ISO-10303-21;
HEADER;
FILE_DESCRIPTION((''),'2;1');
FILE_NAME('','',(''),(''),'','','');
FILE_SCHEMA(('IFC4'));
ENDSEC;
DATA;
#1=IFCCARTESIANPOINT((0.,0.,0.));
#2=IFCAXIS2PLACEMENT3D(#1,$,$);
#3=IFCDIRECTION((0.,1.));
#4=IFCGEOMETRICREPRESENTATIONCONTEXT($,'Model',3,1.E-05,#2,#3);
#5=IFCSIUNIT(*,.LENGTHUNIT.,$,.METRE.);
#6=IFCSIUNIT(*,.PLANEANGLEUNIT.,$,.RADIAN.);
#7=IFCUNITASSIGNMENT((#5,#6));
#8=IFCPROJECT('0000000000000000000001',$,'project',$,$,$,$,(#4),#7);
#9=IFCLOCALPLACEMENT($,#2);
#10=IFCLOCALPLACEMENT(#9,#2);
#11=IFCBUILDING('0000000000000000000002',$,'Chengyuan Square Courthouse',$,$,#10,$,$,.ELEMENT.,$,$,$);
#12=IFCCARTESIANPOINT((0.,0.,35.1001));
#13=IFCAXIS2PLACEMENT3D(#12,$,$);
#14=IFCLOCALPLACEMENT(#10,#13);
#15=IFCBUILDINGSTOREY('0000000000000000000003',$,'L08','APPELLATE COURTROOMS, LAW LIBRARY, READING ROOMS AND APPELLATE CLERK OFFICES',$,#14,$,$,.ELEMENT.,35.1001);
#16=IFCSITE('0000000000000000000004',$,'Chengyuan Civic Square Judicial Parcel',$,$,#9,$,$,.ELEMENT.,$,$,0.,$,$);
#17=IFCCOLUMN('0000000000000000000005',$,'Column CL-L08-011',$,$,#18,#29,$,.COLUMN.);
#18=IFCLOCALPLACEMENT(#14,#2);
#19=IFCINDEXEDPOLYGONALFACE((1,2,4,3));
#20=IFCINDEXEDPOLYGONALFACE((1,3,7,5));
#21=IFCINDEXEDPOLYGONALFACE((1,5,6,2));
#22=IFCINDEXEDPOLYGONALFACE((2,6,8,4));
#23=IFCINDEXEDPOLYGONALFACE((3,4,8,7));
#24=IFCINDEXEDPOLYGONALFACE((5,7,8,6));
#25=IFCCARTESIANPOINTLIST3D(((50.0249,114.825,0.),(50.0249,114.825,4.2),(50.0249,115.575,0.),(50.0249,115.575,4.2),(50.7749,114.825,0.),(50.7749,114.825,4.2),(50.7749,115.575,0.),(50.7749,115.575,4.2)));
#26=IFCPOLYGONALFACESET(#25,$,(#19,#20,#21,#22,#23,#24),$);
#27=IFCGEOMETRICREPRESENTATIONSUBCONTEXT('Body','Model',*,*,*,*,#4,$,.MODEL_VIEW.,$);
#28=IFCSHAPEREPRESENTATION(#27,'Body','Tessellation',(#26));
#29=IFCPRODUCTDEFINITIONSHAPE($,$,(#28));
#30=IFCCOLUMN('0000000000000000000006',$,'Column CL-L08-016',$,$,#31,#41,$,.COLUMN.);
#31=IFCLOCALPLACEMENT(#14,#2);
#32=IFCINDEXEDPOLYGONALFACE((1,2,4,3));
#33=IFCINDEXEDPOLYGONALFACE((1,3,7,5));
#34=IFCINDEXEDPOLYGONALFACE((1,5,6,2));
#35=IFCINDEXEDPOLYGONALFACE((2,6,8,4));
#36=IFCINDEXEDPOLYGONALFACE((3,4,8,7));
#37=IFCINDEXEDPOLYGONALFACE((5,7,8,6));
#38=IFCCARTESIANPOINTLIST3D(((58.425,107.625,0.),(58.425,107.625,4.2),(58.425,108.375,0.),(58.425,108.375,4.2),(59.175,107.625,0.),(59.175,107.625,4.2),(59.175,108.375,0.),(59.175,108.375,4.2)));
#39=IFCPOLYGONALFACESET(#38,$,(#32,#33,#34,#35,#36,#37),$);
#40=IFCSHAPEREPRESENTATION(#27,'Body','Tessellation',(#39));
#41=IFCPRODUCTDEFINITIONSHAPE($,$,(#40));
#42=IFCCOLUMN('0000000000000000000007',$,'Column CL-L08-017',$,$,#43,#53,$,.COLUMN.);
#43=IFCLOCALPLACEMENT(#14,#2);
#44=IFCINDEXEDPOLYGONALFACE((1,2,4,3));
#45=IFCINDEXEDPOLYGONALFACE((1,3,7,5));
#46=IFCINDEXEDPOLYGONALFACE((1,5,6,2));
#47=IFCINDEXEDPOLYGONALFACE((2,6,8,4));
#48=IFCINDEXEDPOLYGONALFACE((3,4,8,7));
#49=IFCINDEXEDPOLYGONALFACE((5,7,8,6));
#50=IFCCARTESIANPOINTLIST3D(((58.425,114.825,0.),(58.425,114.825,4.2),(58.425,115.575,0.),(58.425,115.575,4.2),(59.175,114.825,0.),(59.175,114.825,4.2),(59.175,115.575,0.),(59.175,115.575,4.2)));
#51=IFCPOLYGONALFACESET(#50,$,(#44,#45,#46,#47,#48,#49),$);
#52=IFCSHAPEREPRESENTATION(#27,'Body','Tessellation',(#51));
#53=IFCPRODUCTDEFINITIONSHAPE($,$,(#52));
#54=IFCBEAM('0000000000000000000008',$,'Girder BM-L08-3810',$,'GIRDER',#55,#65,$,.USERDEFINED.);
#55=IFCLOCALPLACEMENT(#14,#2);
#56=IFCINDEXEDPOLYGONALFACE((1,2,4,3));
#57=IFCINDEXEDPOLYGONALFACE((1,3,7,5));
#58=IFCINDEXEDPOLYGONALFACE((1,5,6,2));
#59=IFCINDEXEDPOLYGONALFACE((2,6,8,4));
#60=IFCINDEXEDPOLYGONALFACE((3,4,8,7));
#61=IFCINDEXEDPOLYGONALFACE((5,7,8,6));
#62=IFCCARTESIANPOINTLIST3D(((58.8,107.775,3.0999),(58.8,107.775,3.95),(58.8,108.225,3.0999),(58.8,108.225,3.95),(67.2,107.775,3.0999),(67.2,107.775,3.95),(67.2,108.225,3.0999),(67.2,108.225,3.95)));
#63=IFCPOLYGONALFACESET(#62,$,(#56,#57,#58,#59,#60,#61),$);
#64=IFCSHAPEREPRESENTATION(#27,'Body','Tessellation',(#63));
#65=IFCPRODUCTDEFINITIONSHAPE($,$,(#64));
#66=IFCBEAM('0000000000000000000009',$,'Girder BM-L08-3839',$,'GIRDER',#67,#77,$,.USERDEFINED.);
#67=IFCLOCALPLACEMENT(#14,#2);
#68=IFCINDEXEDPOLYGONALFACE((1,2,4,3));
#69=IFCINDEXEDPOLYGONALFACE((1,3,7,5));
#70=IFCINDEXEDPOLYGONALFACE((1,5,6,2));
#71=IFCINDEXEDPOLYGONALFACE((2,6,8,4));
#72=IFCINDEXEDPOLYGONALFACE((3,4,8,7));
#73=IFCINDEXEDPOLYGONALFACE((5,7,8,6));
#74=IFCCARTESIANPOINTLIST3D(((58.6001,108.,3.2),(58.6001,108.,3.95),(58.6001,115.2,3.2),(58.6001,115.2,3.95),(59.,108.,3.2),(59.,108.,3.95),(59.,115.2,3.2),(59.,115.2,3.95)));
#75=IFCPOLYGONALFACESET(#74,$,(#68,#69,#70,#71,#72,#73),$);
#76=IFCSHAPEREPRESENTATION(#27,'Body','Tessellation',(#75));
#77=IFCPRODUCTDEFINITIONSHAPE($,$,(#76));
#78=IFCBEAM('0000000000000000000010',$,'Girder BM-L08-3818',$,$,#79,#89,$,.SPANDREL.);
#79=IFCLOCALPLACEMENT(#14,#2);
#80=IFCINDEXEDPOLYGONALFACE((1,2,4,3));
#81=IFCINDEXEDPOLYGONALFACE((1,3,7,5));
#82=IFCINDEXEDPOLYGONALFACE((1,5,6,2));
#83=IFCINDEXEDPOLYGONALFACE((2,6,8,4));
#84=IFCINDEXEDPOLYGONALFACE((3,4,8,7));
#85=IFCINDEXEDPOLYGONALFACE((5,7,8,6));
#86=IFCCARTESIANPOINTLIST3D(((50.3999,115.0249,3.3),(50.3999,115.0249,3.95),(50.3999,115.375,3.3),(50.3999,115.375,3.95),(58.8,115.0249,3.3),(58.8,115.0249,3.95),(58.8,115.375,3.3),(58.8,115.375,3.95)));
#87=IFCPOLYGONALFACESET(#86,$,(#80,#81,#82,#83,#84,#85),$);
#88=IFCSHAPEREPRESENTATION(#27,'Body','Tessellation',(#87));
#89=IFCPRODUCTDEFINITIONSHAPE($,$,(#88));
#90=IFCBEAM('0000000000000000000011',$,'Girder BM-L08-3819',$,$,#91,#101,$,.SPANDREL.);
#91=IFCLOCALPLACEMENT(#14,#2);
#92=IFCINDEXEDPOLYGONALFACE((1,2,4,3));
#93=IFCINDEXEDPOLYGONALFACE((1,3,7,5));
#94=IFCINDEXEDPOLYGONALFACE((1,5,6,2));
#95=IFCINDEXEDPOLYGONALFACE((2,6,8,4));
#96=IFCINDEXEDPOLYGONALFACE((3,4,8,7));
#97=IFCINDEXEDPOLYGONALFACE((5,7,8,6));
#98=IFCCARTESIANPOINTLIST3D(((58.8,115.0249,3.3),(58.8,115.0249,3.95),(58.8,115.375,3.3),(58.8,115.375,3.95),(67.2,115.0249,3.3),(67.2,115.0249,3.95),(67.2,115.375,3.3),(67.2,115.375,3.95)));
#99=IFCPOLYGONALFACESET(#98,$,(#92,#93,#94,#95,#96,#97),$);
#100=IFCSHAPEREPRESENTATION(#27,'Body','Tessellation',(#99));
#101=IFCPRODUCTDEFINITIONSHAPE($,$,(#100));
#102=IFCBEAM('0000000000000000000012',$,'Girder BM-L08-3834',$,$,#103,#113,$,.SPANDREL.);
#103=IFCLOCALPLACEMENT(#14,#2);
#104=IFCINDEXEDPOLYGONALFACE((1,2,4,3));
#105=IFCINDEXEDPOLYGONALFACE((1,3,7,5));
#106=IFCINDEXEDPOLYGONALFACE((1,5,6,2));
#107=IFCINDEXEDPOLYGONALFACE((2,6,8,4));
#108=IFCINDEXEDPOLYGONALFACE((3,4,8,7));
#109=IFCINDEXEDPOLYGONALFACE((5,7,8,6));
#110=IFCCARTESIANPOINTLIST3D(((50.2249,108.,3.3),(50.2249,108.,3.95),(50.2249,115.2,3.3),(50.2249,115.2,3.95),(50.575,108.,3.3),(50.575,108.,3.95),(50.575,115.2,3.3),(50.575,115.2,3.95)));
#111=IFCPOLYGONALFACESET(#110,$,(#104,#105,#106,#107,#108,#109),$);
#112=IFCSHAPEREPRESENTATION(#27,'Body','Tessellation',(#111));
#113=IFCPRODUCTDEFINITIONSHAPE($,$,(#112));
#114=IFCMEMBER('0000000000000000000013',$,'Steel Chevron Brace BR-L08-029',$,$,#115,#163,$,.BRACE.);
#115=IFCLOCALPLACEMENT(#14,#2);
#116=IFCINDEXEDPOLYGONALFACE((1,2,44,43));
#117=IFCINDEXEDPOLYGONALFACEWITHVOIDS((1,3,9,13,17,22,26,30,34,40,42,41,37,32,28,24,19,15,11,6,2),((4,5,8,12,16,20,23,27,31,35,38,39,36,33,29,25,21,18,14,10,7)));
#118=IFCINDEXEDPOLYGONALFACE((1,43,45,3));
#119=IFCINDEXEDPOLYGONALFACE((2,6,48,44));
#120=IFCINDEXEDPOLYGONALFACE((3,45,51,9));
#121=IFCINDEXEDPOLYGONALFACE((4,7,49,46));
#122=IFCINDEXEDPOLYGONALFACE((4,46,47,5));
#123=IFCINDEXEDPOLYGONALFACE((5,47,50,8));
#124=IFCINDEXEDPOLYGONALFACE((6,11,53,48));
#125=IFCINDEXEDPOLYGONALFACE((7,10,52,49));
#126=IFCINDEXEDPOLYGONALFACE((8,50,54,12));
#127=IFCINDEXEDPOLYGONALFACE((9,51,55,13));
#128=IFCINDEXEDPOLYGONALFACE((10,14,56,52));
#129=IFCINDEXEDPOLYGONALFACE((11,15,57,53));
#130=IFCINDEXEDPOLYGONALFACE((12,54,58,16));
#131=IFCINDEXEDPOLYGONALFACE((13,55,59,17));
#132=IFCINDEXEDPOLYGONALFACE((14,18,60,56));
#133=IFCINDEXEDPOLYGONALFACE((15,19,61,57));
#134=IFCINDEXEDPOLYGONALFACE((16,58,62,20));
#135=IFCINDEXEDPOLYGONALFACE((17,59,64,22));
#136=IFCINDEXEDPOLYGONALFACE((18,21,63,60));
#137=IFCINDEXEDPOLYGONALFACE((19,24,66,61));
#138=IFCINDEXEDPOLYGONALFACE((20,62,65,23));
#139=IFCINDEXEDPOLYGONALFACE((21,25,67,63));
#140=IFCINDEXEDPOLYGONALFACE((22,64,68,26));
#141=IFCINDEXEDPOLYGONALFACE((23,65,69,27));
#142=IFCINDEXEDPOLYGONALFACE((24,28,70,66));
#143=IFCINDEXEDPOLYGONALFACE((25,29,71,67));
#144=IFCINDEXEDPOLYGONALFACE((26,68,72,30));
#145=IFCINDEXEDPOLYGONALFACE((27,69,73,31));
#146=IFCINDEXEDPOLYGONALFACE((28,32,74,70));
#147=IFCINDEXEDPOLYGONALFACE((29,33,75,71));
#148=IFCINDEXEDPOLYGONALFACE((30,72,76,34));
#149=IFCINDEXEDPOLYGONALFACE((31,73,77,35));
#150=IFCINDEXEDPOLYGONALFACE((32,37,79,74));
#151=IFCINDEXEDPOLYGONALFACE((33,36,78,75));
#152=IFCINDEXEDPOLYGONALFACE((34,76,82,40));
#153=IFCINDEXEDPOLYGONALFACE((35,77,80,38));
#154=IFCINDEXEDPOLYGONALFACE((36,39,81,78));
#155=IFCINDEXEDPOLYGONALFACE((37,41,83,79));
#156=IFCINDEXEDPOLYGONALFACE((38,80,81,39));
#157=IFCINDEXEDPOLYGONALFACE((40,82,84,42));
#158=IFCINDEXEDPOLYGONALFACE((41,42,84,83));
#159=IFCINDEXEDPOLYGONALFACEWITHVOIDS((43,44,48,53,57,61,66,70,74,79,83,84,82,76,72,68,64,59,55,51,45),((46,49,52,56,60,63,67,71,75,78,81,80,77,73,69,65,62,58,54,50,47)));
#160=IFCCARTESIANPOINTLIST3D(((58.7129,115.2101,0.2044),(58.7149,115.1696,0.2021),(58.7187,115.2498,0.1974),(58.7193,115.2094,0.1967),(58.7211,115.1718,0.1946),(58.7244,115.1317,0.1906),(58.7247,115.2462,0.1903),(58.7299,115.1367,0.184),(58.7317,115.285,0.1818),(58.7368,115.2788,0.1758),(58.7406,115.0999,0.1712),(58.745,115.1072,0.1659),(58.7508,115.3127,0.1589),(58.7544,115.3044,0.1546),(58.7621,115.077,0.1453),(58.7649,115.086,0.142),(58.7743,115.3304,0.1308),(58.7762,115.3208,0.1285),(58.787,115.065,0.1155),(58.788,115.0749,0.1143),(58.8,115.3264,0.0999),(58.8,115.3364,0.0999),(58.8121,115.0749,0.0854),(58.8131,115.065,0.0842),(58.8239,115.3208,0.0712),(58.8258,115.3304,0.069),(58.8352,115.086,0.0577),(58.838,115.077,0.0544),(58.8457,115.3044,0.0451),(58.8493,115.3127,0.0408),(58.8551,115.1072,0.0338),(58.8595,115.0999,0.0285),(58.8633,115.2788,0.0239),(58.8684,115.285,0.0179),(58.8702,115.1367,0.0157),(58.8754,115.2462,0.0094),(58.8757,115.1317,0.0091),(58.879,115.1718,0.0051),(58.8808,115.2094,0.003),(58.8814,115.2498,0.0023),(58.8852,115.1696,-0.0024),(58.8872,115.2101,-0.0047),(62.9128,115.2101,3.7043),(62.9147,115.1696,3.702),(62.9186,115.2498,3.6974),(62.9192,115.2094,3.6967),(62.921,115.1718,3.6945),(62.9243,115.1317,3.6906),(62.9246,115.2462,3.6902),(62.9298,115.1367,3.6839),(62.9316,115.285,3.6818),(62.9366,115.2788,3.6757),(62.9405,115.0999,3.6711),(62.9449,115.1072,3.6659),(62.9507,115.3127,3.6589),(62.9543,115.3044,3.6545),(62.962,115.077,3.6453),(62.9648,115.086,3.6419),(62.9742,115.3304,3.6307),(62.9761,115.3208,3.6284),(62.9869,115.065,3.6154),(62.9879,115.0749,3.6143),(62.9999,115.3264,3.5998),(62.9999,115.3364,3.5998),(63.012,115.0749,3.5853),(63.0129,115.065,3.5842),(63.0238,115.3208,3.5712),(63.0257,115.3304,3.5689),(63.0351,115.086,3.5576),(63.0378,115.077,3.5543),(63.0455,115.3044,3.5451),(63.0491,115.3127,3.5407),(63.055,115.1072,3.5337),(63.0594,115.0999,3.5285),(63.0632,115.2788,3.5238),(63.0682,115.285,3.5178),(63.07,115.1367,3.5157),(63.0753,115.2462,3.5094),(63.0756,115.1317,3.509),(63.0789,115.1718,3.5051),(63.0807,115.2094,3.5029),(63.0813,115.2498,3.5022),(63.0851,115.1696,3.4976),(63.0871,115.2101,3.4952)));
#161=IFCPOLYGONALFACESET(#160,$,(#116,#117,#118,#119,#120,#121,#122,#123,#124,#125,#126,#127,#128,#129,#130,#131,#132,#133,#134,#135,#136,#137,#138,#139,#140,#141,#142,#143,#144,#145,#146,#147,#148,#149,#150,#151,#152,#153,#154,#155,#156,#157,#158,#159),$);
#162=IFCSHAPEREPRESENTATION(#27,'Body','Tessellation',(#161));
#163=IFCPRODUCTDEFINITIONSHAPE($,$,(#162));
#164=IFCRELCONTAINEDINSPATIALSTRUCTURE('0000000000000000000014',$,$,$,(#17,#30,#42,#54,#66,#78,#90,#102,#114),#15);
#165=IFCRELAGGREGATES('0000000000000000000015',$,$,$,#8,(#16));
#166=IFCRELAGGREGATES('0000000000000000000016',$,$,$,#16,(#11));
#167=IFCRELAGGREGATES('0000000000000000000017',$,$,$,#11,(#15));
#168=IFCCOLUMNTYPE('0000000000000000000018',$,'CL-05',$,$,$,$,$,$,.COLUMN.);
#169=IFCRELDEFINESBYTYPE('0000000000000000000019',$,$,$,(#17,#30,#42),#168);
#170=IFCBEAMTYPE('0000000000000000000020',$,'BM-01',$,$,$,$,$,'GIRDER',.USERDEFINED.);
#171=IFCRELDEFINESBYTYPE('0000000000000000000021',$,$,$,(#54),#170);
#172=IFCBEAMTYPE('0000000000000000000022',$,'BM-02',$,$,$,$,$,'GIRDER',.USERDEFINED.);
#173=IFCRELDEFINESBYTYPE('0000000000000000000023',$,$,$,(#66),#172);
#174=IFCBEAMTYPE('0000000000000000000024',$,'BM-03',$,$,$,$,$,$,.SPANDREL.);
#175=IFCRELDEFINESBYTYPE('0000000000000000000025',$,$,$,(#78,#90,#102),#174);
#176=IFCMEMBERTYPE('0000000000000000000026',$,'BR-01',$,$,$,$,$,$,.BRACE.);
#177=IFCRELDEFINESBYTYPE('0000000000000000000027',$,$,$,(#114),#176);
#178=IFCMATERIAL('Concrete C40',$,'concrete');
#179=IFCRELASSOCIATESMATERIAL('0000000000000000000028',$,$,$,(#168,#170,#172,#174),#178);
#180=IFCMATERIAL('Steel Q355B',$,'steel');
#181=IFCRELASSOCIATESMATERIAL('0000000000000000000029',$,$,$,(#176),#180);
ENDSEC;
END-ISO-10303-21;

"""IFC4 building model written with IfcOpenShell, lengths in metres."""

from ifc_helpers import new_model, si_unit, direction, frame, origin, origin_2d, place, context, subcontext, project, spatial, rectangle, hollow_circle, extrude, material, material_profile, profile_set, type_object, element, save


model = new_model("IFC4")

# Units and contexts
model_context = context("Model", 3, precision=1e-05, world=origin(), true_north=direction((0.0, 1.0)))
body_context = subcontext(model_context, "Body", "Model", "MODEL_VIEW")
ifc_project = project(units=[si_unit("LENGTHUNIT", "METRE"), si_unit("PLANEANGLEUNIT", "RADIAN")], contexts=[model_context])

# Site, building, storey
site_placement = place(None, origin())
site = spatial("IfcSite", under=ifc_project, at=site_placement, Name="Chengyuan Civic Square Judicial Parcel", CompositionType="ELEMENT", RefElevation=0.0)
building_placement = place(site_placement, origin())
building = spatial("IfcBuilding", under=site, at=building_placement, Name="Chengyuan Square Courthouse", CompositionType="ELEMENT")
storey_placement = place(building_placement, frame((0.0, 0.0, 35.1001)))
storey = spatial("IfcBuildingStorey", under=building, at=storey_placement, Name="L08", Description="APPELLATE COURTROOMS, LAW LIBRARY, READING ROOMS AND APPELLATE CLERK OFFICES", CompositionType="ELEMENT", Elevation=35.1001)

# Columns
ifc_material_1 = material(Name="Concrete C40", Category="concrete")
ifc_material_profile_1 = material_profile(ifc_material_1, rectangle(XDim=0.75, YDim=0.75, at=origin_2d()), Name="RC-COL-750x750")
ifc_profile_set_1 = profile_set([ifc_material_profile_1], Name="Concrete C40")
column_type = type_object("IfcColumnType", Name="CL-05", PredefinedType="COLUMN", material=ifc_profile_set_1)
for number, where, z_axis, x_axis, name in (
    (1, (50.3999, 115.2, 0.0), (0.0, 0.0, 1.0), (1.0, 0.0, 0.0), "Column CL-L08-011"),
    (2, (58.8, 108.0, 0.0), (0.0, 0.0, 1.0), (1.0, 0.0, 0.0), "Column CL-L08-016"),
    (3, (58.8, 115.2, 0.0), (0.0, 0.0, 1.0), (1.0, 0.0, 0.0), "Column CL-L08-017"),
):
    element("IfcColumn", number, at=place(storey_placement, frame(where, z_axis=z_axis, x_axis=x_axis)), inside=storey, type_object=column_type, Name=name, PredefinedType="COLUMN", context=body_context, shape_type="SweptSolid", body=[
        extrude(rectangle(XDim=0.75, YDim=0.75, at=origin_2d()), origin(), (0.0, 0.0, 1.0), 4.2),
    ])

# Beams
ifc_material_profile_2 = material_profile(ifc_material_1, rectangle(XDim=0.45, YDim=0.8501, at=origin_2d()), Name="RC-BM-450x850")
ifc_profile_set_2 = profile_set([ifc_material_profile_2], Name="Concrete C40")
beam_type_1 = type_object("IfcBeamType", Name="BM-01", ElementType="GIRDER", PredefinedType="USERDEFINED", material=ifc_profile_set_2)
beam_1_placement = place(storey_placement, frame((58.8, 108.0, 3.5249), z_axis=(1.0, 0.0, 0.0), x_axis=(0.0, 1.0, 0.0)))
element("IfcBeam", 4, at=beam_1_placement, inside=storey, type_object=beam_type_1, Name="Girder BM-L08-3810", ObjectType="GIRDER", PredefinedType="USERDEFINED", context=body_context, shape_type="SweptSolid", body=[
    extrude(rectangle(XDim=0.45, YDim=0.8501, at=origin_2d()), origin(), (0.0, 0.0, 1.0), 8.3999),
])
ifc_material_profile_3 = material_profile(ifc_material_1, rectangle(XDim=0.3999, YDim=0.75, at=origin_2d()), Name="RC-BM-400x750")
ifc_profile_set_3 = profile_set([ifc_material_profile_3], Name="Concrete C40")
beam_type_2 = type_object("IfcBeamType", Name="BM-02", ElementType="GIRDER", PredefinedType="USERDEFINED", material=ifc_profile_set_3)
beam_2_placement = place(storey_placement, frame((58.8, 108.0, 3.575), z_axis=(0.0, 1.0, 0.0), x_axis=(-1.0, 0.0, 0.0)))
element("IfcBeam", 5, at=beam_2_placement, inside=storey, type_object=beam_type_2, Name="Girder BM-L08-3839", ObjectType="GIRDER", PredefinedType="USERDEFINED", context=body_context, shape_type="SweptSolid", body=[
    extrude(rectangle(XDim=0.3999, YDim=0.75, at=origin_2d()), origin(), (0.0, 0.0, 1.0), 7.2),
])
ifc_material_profile_4 = material_profile(ifc_material_1, rectangle(XDim=0.3501, YDim=0.6499, at=origin_2d()), Name="RC-BM-350x650")
ifc_profile_set_4 = profile_set([ifc_material_profile_4], Name="Concrete C40")
beam_type_3 = type_object("IfcBeamType", Name="BM-03", PredefinedType="SPANDREL", material=ifc_profile_set_4)
beam_3_placement = place(storey_placement, frame((50.3999, 115.2, 3.625), z_axis=(1.0, 0.0, 0.0), x_axis=(0.0, 1.0, 0.0)))
element("IfcBeam", 6, at=beam_3_placement, inside=storey, type_object=beam_type_3, Name="Girder BM-L08-3818", PredefinedType="SPANDREL", context=body_context, shape_type="SweptSolid", body=[
    extrude(rectangle(XDim=0.3501, YDim=0.6499, at=origin_2d()), origin(), (0.0, 0.0, 1.0), 8.4001),
])
beam_4_placement = place(storey_placement, frame((58.8, 115.2, 3.625), z_axis=(1.0, 0.0, 0.0), x_axis=(0.0, 1.0, 0.0)))
element("IfcBeam", 7, at=beam_4_placement, inside=storey, type_object=beam_type_3, Name="Girder BM-L08-3819", PredefinedType="SPANDREL", context=body_context, shape_type="SweptSolid", body=[
    extrude(rectangle(XDim=0.3501, YDim=0.6499, at=origin_2d()), origin(), (0.0, 0.0, 1.0), 8.3999),
])
beam_5_placement = place(storey_placement, frame((50.3999, 108.0, 3.625), z_axis=(0.0, 1.0, 0.0), x_axis=(-1.0, 0.0, 0.0)))
element("IfcBeam", 8, at=beam_5_placement, inside=storey, type_object=beam_type_3, Name="Girder BM-L08-3834", PredefinedType="SPANDREL", context=body_context, shape_type="SweptSolid", body=[
    extrude(rectangle(XDim=0.3501, YDim=0.6499, at=origin_2d()), origin(), (0.0, 0.0, 1.0), 7.2),
])

# Member
ifc_material_2 = material(Name="Steel Q355B", Category="steel")
ifc_material_profile_5 = material_profile(ifc_material_2, hollow_circle(Radius=0.1365, WallThickness=0.01, at=origin_2d()), Name="CHS 273x10")
ifc_profile_set_5 = profile_set([ifc_material_profile_5], Name="Steel Q355B")
member_type = type_object("IfcMemberType", Name="BR-01", PredefinedType="BRACE", material=ifc_profile_set_5)
member_placement = place(storey_placement, frame((58.8, 115.2, 0.0999), z_axis=(0.768218, 0.0, 0.640189), x_axis=(0.0, 1.0, 0.0)))
element("IfcMember", 9, at=member_placement, inside=storey, type_object=member_type, Name="Steel Chevron Brace BR-L08-029", PredefinedType="BRACE", context=body_context, shape_type="SweptSolid", body=[
    extrude(hollow_circle(Radius=0.1365, WallThickness=0.01, at=origin_2d()), origin(), (0.0, 0.0, 1.0), 5.467),
])

save(model, "model.ifc")
